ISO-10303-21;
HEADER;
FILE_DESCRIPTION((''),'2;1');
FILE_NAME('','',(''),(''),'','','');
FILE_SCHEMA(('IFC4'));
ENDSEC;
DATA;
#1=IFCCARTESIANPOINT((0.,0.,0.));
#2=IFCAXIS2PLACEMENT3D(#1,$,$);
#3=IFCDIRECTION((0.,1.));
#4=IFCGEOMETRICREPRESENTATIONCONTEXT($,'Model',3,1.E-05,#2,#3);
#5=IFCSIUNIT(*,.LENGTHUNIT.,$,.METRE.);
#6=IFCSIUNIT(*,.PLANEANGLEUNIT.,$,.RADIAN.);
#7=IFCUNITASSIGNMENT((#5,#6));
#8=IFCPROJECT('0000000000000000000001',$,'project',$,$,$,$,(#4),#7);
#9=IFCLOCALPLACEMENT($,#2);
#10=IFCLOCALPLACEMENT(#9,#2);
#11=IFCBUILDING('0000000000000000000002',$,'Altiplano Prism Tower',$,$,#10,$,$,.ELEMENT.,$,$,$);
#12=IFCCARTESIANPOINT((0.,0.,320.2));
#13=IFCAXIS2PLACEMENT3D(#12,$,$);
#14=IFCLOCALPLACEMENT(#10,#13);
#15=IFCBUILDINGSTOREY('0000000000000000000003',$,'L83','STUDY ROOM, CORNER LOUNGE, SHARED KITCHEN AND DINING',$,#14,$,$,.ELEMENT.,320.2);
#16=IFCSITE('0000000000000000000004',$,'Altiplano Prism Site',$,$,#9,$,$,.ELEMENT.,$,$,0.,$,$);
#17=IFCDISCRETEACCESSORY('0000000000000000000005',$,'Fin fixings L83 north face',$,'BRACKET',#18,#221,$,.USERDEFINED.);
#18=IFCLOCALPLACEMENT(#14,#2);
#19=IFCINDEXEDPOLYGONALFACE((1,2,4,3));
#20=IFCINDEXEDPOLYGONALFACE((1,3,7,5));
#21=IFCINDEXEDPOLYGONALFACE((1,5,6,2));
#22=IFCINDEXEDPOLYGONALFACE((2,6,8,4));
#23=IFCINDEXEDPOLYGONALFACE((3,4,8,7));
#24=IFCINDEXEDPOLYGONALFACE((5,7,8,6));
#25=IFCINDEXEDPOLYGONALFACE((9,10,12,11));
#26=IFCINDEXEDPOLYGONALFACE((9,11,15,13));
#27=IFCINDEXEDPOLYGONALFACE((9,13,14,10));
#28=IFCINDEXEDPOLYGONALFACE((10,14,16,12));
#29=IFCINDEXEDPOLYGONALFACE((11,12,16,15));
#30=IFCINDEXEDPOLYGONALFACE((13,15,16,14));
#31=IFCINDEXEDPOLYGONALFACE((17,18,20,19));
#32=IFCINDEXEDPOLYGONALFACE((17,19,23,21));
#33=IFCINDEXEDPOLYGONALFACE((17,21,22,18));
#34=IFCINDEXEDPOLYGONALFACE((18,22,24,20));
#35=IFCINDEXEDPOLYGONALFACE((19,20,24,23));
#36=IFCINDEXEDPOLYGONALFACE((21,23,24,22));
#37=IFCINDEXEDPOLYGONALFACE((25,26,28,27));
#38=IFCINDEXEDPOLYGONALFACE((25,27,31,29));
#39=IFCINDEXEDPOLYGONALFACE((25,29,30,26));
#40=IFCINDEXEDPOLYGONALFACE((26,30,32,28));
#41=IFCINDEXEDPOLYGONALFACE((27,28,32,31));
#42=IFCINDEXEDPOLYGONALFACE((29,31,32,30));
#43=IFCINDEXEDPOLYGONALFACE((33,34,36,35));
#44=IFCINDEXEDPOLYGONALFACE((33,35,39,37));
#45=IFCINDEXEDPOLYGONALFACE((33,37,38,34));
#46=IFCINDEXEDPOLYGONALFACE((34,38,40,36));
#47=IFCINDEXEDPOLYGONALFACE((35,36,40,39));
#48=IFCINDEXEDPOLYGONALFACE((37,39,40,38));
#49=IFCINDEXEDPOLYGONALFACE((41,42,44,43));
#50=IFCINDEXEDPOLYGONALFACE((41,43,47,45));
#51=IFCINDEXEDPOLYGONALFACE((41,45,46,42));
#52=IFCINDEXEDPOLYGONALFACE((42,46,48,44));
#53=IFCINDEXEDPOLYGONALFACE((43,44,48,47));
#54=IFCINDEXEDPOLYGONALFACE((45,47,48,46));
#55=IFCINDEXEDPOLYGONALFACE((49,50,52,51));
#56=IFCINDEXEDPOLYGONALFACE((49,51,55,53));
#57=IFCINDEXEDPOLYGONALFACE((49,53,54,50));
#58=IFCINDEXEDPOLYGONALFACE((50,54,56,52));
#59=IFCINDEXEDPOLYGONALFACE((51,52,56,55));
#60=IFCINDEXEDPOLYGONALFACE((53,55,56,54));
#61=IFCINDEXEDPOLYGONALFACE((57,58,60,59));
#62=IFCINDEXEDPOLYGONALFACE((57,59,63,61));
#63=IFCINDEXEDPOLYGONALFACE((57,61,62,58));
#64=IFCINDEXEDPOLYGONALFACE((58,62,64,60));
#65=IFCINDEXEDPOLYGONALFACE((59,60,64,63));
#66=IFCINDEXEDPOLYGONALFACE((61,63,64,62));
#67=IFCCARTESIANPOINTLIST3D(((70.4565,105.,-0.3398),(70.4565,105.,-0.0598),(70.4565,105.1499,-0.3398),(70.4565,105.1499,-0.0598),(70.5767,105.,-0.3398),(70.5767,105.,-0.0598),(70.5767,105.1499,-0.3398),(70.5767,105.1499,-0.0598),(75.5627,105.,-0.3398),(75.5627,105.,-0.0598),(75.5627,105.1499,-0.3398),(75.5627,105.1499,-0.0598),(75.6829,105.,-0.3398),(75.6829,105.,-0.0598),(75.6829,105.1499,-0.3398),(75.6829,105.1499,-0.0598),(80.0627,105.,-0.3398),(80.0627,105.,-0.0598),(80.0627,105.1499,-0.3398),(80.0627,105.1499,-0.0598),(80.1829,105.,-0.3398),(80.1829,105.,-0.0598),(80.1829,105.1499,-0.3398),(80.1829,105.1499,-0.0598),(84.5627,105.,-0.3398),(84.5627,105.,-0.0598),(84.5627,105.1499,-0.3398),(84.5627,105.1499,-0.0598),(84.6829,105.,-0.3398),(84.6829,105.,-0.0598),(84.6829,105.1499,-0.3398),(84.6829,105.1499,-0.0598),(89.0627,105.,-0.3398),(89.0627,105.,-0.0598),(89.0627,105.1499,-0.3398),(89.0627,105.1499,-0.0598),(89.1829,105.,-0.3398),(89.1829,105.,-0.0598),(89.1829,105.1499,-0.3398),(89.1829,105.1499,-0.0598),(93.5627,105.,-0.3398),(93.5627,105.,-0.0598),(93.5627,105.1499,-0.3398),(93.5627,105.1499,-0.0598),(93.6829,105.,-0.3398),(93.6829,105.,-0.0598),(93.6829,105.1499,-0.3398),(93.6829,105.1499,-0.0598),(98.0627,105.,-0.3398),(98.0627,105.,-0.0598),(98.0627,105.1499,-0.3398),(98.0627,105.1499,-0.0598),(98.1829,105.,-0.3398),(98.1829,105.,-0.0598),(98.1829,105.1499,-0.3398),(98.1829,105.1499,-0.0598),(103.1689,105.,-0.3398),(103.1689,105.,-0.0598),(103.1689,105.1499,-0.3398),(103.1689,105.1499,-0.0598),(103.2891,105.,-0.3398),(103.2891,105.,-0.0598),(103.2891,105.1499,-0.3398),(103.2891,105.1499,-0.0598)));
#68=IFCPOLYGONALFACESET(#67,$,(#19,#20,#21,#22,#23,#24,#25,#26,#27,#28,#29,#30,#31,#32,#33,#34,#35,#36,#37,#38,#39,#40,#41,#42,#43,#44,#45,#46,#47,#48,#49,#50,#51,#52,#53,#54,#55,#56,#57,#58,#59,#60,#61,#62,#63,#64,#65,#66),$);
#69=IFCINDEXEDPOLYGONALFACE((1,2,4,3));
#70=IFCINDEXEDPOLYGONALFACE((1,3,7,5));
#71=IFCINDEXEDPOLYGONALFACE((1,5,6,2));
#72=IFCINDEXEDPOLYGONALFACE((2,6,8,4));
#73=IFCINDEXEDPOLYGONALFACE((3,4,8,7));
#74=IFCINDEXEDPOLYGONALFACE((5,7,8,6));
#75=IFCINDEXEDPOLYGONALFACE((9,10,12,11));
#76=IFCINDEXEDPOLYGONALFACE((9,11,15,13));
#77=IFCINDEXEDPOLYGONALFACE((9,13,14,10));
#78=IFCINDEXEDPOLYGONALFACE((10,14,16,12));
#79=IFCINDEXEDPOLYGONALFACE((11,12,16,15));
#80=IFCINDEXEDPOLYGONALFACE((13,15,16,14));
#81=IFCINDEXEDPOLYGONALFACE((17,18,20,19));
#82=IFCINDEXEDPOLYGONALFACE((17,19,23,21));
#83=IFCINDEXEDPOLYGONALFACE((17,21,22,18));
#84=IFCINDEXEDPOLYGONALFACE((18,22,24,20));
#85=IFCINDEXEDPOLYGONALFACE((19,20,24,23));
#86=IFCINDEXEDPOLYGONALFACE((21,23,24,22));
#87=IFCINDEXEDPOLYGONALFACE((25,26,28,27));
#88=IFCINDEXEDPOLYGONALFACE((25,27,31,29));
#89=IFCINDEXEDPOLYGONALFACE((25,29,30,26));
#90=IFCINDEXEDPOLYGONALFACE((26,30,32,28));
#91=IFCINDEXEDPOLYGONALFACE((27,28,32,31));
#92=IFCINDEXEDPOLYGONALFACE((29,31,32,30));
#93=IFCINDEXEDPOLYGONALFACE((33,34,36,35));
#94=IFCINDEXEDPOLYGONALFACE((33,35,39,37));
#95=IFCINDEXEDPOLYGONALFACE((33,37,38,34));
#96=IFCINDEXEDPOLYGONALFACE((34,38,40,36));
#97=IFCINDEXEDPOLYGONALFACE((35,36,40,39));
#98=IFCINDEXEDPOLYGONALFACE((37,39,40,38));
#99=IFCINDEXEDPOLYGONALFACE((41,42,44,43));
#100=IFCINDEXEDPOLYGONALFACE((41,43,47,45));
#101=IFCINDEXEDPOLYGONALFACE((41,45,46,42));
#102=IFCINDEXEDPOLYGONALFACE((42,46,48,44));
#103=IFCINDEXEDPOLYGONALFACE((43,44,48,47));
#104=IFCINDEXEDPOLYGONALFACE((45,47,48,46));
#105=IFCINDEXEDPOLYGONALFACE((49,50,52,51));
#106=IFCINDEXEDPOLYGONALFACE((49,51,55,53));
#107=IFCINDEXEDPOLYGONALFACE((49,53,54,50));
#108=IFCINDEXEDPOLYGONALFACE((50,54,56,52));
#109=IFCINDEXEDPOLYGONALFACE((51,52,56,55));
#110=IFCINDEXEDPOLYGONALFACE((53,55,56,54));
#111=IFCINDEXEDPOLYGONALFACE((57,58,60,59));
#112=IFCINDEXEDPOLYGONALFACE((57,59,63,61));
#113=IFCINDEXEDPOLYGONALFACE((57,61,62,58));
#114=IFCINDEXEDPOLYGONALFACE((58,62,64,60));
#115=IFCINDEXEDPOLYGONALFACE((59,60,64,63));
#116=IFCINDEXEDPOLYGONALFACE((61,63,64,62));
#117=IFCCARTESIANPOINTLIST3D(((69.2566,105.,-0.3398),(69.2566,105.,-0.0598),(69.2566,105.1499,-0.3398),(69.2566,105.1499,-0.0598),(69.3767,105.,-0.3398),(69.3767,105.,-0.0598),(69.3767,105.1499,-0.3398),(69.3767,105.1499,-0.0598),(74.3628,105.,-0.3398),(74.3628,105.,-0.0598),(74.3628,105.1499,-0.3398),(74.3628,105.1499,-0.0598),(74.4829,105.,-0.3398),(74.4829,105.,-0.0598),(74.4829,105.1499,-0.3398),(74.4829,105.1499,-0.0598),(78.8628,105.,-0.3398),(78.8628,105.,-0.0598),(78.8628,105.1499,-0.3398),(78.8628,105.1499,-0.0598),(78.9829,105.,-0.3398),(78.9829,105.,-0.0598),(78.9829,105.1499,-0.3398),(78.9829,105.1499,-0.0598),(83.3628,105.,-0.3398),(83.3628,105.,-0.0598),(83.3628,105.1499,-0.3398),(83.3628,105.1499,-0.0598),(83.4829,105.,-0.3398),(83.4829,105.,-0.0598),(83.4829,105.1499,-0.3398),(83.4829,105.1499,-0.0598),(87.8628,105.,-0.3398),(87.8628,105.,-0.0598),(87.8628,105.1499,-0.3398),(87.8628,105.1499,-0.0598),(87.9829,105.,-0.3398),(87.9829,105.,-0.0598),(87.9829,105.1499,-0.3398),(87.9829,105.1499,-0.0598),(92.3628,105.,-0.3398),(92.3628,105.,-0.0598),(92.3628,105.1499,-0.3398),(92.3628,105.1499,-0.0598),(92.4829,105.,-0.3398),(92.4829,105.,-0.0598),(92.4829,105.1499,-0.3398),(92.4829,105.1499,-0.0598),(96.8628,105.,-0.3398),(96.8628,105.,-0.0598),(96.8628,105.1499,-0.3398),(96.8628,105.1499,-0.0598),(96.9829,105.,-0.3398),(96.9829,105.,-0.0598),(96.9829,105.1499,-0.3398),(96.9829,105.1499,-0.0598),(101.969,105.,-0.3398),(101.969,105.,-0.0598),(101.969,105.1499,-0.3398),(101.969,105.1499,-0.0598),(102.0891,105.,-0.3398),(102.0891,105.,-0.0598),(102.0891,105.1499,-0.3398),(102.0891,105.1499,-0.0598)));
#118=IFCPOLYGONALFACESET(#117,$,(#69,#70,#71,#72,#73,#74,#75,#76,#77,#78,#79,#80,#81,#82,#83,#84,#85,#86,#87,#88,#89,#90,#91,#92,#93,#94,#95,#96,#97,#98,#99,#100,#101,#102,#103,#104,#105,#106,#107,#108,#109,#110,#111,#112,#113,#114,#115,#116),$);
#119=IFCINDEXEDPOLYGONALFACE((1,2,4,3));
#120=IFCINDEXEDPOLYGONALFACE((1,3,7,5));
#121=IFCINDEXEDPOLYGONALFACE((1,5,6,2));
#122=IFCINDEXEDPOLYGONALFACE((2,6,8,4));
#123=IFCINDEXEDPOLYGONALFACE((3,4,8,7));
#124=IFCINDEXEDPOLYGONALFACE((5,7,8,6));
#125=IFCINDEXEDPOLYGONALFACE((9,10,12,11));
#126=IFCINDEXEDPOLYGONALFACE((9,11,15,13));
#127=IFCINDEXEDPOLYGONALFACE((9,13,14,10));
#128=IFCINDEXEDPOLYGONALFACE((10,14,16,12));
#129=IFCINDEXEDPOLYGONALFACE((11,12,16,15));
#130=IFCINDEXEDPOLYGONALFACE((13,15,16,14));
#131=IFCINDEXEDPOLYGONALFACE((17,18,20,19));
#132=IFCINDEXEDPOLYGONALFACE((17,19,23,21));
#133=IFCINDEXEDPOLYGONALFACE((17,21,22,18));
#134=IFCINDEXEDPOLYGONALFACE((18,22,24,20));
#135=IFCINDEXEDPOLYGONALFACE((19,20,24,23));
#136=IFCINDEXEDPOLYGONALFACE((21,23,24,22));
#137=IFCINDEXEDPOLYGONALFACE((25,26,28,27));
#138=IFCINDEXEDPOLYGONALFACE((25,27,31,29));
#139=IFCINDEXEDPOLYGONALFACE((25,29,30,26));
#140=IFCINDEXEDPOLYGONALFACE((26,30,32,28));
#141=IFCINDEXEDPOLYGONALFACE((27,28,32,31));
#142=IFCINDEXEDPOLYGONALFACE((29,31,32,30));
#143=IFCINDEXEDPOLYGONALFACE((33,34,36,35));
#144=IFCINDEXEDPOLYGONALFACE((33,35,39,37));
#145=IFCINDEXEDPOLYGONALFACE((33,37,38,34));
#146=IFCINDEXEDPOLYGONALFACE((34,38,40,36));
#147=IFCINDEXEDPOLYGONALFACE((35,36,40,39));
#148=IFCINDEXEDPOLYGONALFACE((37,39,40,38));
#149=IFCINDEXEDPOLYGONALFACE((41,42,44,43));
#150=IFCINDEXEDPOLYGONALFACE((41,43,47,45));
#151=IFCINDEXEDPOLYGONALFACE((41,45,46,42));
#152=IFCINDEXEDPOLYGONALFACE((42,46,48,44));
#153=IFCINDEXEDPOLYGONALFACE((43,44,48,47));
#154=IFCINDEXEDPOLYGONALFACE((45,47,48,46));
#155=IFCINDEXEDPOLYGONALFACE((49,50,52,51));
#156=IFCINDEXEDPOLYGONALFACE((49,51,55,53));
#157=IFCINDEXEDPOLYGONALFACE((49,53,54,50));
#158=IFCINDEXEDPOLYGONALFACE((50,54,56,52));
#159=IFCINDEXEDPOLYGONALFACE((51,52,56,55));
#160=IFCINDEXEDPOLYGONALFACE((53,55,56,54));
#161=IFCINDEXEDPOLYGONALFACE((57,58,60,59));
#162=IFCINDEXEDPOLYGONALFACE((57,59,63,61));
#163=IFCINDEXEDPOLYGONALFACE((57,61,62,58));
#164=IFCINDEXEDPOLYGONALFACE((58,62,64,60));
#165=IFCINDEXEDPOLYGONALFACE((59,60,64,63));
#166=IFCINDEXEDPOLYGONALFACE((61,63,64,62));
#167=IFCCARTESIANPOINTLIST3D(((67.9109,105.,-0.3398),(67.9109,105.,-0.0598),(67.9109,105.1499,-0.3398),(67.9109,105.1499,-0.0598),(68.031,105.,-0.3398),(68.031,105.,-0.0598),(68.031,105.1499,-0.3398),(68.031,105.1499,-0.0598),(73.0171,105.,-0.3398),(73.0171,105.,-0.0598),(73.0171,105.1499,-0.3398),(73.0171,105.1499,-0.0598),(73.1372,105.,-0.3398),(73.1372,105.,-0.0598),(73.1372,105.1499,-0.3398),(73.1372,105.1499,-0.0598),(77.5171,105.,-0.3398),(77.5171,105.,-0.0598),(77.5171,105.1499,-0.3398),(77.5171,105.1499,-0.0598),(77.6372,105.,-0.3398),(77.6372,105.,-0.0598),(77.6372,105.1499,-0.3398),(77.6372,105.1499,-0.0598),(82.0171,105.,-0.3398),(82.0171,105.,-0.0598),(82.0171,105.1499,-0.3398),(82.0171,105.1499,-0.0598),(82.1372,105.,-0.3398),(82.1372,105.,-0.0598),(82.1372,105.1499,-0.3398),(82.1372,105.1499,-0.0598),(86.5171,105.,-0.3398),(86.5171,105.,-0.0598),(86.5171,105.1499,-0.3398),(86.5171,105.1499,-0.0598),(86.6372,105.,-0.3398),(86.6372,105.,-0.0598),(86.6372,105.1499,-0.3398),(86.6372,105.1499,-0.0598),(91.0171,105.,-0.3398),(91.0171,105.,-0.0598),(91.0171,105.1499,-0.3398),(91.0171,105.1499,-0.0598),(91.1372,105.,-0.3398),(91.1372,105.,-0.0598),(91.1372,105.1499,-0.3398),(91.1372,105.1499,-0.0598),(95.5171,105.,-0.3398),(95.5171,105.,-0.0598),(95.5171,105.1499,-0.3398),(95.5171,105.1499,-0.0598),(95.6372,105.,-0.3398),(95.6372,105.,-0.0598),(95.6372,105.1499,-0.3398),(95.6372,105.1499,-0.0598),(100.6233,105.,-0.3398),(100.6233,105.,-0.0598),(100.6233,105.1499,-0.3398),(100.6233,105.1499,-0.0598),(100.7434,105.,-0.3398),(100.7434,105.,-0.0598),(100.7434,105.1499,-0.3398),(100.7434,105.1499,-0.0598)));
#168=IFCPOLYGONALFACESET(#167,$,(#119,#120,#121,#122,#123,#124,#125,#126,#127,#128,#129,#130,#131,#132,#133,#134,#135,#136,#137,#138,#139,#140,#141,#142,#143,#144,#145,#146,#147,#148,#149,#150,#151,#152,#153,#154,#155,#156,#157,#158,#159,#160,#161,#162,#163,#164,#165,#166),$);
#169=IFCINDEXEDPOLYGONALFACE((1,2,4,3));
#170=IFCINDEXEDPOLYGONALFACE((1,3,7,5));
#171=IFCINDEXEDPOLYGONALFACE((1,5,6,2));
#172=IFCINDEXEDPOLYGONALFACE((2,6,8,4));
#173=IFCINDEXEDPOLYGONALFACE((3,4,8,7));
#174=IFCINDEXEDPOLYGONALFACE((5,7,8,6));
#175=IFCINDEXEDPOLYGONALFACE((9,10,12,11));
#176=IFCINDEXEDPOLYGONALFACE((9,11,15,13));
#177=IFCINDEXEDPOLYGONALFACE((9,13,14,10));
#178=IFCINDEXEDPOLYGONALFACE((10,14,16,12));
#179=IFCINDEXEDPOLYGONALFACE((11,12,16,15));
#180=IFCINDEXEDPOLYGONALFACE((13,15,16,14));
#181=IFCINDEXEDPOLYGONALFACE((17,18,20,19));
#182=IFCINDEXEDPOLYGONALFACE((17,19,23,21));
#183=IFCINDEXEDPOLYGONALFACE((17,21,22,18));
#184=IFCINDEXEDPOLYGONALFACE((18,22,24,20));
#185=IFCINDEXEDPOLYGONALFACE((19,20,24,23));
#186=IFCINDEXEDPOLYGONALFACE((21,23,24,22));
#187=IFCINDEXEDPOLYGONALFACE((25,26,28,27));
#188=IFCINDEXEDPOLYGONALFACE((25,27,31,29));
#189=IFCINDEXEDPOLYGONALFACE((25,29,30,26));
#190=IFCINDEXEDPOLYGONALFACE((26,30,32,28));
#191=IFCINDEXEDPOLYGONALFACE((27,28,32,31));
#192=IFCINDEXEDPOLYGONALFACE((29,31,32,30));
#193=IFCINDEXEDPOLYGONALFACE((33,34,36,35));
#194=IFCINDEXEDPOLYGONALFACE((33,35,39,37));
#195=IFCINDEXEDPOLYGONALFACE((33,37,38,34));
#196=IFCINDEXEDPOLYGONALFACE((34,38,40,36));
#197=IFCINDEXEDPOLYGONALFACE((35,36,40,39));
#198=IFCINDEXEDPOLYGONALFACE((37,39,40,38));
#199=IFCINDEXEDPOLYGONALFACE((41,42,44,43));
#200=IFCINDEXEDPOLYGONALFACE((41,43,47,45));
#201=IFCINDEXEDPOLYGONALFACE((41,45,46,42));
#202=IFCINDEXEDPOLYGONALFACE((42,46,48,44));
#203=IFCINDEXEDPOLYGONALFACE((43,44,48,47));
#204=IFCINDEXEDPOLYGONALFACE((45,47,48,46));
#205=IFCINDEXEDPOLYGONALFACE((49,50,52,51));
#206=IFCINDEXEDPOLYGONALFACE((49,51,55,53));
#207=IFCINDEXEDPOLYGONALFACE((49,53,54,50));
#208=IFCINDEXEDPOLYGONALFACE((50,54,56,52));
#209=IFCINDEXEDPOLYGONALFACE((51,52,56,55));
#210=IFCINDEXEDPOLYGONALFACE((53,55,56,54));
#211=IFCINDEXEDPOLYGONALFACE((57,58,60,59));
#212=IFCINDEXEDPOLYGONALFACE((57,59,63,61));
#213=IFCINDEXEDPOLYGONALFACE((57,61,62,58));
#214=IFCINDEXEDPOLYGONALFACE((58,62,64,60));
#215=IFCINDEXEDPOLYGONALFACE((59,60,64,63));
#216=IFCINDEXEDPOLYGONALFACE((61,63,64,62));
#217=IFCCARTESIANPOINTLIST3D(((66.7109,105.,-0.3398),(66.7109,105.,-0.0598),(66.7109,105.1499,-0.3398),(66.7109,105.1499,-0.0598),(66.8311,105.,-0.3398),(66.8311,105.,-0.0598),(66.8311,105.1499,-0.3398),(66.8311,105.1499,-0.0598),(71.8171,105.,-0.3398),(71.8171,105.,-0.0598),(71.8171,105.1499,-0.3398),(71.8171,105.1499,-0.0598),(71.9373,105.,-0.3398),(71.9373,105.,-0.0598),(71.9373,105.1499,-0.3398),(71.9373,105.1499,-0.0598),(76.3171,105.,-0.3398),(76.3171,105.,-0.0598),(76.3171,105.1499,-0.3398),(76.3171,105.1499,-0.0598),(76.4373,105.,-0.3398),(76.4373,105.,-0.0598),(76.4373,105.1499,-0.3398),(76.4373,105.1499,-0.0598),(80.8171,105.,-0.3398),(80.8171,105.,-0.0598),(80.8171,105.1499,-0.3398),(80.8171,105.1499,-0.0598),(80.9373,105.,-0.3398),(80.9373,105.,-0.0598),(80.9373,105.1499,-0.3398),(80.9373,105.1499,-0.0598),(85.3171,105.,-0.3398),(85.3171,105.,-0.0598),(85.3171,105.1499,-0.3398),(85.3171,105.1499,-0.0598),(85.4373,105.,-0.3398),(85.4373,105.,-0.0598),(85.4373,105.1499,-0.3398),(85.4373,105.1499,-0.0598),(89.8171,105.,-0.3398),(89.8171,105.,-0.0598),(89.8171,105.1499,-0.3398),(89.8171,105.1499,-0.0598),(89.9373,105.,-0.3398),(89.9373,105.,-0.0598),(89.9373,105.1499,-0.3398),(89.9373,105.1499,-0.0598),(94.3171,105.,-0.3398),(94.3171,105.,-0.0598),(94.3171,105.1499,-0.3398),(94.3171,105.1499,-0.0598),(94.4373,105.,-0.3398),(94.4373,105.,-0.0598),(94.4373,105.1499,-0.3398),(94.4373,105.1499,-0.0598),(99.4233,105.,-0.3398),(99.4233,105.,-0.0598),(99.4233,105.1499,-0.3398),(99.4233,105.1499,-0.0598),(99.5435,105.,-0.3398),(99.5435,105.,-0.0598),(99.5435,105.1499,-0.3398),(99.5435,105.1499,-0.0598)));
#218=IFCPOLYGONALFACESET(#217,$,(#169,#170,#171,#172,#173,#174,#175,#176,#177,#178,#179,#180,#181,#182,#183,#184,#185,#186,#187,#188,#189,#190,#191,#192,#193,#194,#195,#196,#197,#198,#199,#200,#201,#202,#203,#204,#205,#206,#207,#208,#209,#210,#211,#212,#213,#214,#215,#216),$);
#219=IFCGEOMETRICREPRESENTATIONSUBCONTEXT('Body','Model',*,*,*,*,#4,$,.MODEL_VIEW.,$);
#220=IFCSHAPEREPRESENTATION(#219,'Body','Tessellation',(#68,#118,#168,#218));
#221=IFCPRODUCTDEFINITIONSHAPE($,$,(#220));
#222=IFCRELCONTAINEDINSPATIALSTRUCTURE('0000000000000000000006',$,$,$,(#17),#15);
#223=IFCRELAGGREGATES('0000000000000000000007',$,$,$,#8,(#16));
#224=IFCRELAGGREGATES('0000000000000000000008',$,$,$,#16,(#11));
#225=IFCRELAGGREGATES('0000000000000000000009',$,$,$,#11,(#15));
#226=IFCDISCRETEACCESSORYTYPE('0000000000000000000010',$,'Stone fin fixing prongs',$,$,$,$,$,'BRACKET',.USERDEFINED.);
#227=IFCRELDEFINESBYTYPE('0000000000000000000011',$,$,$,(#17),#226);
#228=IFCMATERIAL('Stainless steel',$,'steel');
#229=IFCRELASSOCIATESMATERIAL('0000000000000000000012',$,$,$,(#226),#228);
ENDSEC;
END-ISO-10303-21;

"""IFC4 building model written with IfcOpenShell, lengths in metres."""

from ifc_helpers import new_model, si_unit, direction, frame, origin, place, context, subcontext, project, spatial, polyline, outline, extrude, source, transform, mapped, material, type_object, element, save


model = new_model("IFC4")

# Units and contexts
model_context = context("Model", 3, precision=1e-05, world=origin(), true_north=direction((0.0, 1.0)))
body_context = subcontext(model_context, "Body", "Model", "MODEL_VIEW")
ifc_project = project(units=[si_unit("LENGTHUNIT", "METRE"), si_unit("PLANEANGLEUNIT", "RADIAN")], contexts=[model_context])

# Site, building, storey
site_placement = place(None, origin())
site = spatial("IfcSite", under=ifc_project, at=site_placement, Name="Altiplano Prism Site", CompositionType="ELEMENT", RefElevation=0.0)
building_placement = place(site_placement, origin())
building = spatial("IfcBuilding", under=site, at=building_placement, Name="Altiplano Prism Tower", CompositionType="ELEMENT")
storey_placement = place(building_placement, frame((0.0, 0.0, 320.2)))
storey = spatial("IfcBuildingStorey", under=building, at=storey_placement, Name="L83", Description="STUDY ROOM, CORNER LOUNGE, SHARED KITCHEN AND DINING", CompositionType="ELEMENT", Elevation=320.2)

# Discrete accessory
ifc_material_1 = material(Name="Stainless steel", Category="steel")
discrete_accessory_type = type_object("IfcDiscreteAccessoryType", Name="Stone fin fixing prongs", ElementType="BRACKET", PredefinedType="USERDEFINED", material=ifc_material_1)
shared_shape_1 = source(origin(), body_context, "Body", "SweptSolid", [
    extrude(outline(polyline([(-1.9329, 0.0601), (-1.8127, 0.0601), (-1.8127, 0.3401), (-1.9329, 0.3401), (-1.9329, 0.0601)])), frame((0.0, 0.0, 0.0), z_axis=(0.0, -1.0, 0.0), x_axis=(1.0, 0.0, 0.0)), (0.0, 0.0, 1.0), 0.1499),
    extrude(outline(polyline([(-0.7329, 0.0601), (-0.6128, 0.0601), (-0.6128, 0.3401), (-0.7329, 0.3401), (-0.7329, 0.0601)])), frame((0.0, 0.0, 0.0), z_axis=(0.0, -1.0, 0.0), x_axis=(1.0, 0.0, 0.0)), (0.0, 0.0, 1.0), 0.1499),
    extrude(outline(polyline([(0.6128, 0.0601), (0.7329, 0.0601), (0.7329, 0.3401), (0.6128, 0.3401), (0.6128, 0.0601)])), frame((0.0, 0.0, 0.0), z_axis=(0.0, -1.0, 0.0), x_axis=(1.0, 0.0, 0.0)), (0.0, 0.0, 1.0), 0.1499),
    extrude(outline(polyline([(1.8127, 0.0601), (1.9329, 0.0601), (1.9329, 0.3401), (1.8127, 0.3401), (1.8127, 0.0601)])), frame((0.0, 0.0, 0.0), z_axis=(0.0, -1.0, 0.0), x_axis=(1.0, 0.0, 0.0)), (0.0, 0.0, 1.0), 0.1499),
])
shared_shape_2 = source(origin(), body_context, "Body", "SweptSolid", [
    extrude(outline(polyline([(-1.9329, 0.0601), (-1.8127, 0.0601), (-1.8127, 0.3401), (-1.9329, 0.3401), (-1.9329, 0.0601)])), frame((0.0, 0.0, 0.0), z_axis=(0.0, -1.0, 0.0), x_axis=(1.0, 0.0, 0.0)), (0.0, 0.0, 1.0), 0.1499),
    extrude(outline(polyline([(-0.7329, 0.0601), (-0.6128, 0.0601), (-0.6128, 0.3401), (-0.7329, 0.3401), (-0.7329, 0.0601)])), frame((0.0, 0.0, 0.0), z_axis=(0.0, -1.0, 0.0), x_axis=(1.0, 0.0, 0.0)), (0.0, 0.0, 1.0), 0.1499),
    extrude(outline(polyline([(0.6128, 0.0601), (0.7329, 0.0601), (0.7329, 0.3401), (0.6128, 0.3401), (0.6128, 0.0601)])), frame((0.0, 0.0, 0.0), z_axis=(0.0, -1.0, 0.0), x_axis=(1.0, 0.0, 0.0)), (0.0, 0.0, 1.0), 0.1499),
    extrude(outline(polyline([(1.8127, 0.0601), (1.9329, 0.0601), (1.9329, 0.3401), (1.8127, 0.3401), (1.8127, 0.0601)])), frame((0.0, 0.0, 0.0), z_axis=(0.0, -1.0, 0.0), x_axis=(1.0, 0.0, 0.0)), (0.0, 0.0, 1.0), 0.1499),
])
discrete_accessory_1_placement = place(storey_placement, origin())
element("IfcDiscreteAccessory", 1, at=discrete_accessory_1_placement, inside=storey, type_object=discrete_accessory_type, Name="Fin fixings L83 north face", ObjectType="BRACKET", PredefinedType="USERDEFINED", context=body_context, shape_type="MappedRepresentation", body=[
    mapped(shared_shape_1, transform((101.3562, 105.0, -0.3999), x_axis=(-1.0, 0.0, 0.0), y_axis=(0.0, -1.0, 0.0), z_axis=(0.0, 0.0, 1.0))),
    mapped(shared_shape_2, transform((96.25, 105.0, -0.3999), x_axis=(-1.0, 0.0, 0.0), y_axis=(0.0, -1.0, 0.0), z_axis=(0.0, 0.0, 1.0))),
    mapped(shared_shape_2, transform((91.75, 105.0, -0.3999), x_axis=(-1.0, 0.0, 0.0), y_axis=(0.0, -1.0, 0.0), z_axis=(0.0, 0.0, 1.0))),
    mapped(shared_shape_2, transform((87.25, 105.0, -0.3999), x_axis=(-1.0, 0.0, 0.0), y_axis=(0.0, -1.0, 0.0), z_axis=(0.0, 0.0, 1.0))),
    mapped(shared_shape_2, transform((82.75, 105.0, -0.3999), x_axis=(-1.0, 0.0, 0.0), y_axis=(0.0, -1.0, 0.0), z_axis=(0.0, 0.0, 1.0))),
    mapped(shared_shape_2, transform((78.25, 105.0, -0.3999), x_axis=(-1.0, 0.0, 0.0), y_axis=(0.0, -1.0, 0.0), z_axis=(0.0, 0.0, 1.0))),
    mapped(shared_shape_2, transform((73.75, 105.0, -0.3999), x_axis=(-1.0, 0.0, 0.0), y_axis=(0.0, -1.0, 0.0), z_axis=(0.0, 0.0, 1.0))),
    mapped(shared_shape_1, transform((68.6438, 105.0, -0.3999), x_axis=(-1.0, 0.0, 0.0), y_axis=(0.0, -1.0, 0.0), z_axis=(0.0, 0.0, 1.0))),
])

save(model, "model.ifc")
